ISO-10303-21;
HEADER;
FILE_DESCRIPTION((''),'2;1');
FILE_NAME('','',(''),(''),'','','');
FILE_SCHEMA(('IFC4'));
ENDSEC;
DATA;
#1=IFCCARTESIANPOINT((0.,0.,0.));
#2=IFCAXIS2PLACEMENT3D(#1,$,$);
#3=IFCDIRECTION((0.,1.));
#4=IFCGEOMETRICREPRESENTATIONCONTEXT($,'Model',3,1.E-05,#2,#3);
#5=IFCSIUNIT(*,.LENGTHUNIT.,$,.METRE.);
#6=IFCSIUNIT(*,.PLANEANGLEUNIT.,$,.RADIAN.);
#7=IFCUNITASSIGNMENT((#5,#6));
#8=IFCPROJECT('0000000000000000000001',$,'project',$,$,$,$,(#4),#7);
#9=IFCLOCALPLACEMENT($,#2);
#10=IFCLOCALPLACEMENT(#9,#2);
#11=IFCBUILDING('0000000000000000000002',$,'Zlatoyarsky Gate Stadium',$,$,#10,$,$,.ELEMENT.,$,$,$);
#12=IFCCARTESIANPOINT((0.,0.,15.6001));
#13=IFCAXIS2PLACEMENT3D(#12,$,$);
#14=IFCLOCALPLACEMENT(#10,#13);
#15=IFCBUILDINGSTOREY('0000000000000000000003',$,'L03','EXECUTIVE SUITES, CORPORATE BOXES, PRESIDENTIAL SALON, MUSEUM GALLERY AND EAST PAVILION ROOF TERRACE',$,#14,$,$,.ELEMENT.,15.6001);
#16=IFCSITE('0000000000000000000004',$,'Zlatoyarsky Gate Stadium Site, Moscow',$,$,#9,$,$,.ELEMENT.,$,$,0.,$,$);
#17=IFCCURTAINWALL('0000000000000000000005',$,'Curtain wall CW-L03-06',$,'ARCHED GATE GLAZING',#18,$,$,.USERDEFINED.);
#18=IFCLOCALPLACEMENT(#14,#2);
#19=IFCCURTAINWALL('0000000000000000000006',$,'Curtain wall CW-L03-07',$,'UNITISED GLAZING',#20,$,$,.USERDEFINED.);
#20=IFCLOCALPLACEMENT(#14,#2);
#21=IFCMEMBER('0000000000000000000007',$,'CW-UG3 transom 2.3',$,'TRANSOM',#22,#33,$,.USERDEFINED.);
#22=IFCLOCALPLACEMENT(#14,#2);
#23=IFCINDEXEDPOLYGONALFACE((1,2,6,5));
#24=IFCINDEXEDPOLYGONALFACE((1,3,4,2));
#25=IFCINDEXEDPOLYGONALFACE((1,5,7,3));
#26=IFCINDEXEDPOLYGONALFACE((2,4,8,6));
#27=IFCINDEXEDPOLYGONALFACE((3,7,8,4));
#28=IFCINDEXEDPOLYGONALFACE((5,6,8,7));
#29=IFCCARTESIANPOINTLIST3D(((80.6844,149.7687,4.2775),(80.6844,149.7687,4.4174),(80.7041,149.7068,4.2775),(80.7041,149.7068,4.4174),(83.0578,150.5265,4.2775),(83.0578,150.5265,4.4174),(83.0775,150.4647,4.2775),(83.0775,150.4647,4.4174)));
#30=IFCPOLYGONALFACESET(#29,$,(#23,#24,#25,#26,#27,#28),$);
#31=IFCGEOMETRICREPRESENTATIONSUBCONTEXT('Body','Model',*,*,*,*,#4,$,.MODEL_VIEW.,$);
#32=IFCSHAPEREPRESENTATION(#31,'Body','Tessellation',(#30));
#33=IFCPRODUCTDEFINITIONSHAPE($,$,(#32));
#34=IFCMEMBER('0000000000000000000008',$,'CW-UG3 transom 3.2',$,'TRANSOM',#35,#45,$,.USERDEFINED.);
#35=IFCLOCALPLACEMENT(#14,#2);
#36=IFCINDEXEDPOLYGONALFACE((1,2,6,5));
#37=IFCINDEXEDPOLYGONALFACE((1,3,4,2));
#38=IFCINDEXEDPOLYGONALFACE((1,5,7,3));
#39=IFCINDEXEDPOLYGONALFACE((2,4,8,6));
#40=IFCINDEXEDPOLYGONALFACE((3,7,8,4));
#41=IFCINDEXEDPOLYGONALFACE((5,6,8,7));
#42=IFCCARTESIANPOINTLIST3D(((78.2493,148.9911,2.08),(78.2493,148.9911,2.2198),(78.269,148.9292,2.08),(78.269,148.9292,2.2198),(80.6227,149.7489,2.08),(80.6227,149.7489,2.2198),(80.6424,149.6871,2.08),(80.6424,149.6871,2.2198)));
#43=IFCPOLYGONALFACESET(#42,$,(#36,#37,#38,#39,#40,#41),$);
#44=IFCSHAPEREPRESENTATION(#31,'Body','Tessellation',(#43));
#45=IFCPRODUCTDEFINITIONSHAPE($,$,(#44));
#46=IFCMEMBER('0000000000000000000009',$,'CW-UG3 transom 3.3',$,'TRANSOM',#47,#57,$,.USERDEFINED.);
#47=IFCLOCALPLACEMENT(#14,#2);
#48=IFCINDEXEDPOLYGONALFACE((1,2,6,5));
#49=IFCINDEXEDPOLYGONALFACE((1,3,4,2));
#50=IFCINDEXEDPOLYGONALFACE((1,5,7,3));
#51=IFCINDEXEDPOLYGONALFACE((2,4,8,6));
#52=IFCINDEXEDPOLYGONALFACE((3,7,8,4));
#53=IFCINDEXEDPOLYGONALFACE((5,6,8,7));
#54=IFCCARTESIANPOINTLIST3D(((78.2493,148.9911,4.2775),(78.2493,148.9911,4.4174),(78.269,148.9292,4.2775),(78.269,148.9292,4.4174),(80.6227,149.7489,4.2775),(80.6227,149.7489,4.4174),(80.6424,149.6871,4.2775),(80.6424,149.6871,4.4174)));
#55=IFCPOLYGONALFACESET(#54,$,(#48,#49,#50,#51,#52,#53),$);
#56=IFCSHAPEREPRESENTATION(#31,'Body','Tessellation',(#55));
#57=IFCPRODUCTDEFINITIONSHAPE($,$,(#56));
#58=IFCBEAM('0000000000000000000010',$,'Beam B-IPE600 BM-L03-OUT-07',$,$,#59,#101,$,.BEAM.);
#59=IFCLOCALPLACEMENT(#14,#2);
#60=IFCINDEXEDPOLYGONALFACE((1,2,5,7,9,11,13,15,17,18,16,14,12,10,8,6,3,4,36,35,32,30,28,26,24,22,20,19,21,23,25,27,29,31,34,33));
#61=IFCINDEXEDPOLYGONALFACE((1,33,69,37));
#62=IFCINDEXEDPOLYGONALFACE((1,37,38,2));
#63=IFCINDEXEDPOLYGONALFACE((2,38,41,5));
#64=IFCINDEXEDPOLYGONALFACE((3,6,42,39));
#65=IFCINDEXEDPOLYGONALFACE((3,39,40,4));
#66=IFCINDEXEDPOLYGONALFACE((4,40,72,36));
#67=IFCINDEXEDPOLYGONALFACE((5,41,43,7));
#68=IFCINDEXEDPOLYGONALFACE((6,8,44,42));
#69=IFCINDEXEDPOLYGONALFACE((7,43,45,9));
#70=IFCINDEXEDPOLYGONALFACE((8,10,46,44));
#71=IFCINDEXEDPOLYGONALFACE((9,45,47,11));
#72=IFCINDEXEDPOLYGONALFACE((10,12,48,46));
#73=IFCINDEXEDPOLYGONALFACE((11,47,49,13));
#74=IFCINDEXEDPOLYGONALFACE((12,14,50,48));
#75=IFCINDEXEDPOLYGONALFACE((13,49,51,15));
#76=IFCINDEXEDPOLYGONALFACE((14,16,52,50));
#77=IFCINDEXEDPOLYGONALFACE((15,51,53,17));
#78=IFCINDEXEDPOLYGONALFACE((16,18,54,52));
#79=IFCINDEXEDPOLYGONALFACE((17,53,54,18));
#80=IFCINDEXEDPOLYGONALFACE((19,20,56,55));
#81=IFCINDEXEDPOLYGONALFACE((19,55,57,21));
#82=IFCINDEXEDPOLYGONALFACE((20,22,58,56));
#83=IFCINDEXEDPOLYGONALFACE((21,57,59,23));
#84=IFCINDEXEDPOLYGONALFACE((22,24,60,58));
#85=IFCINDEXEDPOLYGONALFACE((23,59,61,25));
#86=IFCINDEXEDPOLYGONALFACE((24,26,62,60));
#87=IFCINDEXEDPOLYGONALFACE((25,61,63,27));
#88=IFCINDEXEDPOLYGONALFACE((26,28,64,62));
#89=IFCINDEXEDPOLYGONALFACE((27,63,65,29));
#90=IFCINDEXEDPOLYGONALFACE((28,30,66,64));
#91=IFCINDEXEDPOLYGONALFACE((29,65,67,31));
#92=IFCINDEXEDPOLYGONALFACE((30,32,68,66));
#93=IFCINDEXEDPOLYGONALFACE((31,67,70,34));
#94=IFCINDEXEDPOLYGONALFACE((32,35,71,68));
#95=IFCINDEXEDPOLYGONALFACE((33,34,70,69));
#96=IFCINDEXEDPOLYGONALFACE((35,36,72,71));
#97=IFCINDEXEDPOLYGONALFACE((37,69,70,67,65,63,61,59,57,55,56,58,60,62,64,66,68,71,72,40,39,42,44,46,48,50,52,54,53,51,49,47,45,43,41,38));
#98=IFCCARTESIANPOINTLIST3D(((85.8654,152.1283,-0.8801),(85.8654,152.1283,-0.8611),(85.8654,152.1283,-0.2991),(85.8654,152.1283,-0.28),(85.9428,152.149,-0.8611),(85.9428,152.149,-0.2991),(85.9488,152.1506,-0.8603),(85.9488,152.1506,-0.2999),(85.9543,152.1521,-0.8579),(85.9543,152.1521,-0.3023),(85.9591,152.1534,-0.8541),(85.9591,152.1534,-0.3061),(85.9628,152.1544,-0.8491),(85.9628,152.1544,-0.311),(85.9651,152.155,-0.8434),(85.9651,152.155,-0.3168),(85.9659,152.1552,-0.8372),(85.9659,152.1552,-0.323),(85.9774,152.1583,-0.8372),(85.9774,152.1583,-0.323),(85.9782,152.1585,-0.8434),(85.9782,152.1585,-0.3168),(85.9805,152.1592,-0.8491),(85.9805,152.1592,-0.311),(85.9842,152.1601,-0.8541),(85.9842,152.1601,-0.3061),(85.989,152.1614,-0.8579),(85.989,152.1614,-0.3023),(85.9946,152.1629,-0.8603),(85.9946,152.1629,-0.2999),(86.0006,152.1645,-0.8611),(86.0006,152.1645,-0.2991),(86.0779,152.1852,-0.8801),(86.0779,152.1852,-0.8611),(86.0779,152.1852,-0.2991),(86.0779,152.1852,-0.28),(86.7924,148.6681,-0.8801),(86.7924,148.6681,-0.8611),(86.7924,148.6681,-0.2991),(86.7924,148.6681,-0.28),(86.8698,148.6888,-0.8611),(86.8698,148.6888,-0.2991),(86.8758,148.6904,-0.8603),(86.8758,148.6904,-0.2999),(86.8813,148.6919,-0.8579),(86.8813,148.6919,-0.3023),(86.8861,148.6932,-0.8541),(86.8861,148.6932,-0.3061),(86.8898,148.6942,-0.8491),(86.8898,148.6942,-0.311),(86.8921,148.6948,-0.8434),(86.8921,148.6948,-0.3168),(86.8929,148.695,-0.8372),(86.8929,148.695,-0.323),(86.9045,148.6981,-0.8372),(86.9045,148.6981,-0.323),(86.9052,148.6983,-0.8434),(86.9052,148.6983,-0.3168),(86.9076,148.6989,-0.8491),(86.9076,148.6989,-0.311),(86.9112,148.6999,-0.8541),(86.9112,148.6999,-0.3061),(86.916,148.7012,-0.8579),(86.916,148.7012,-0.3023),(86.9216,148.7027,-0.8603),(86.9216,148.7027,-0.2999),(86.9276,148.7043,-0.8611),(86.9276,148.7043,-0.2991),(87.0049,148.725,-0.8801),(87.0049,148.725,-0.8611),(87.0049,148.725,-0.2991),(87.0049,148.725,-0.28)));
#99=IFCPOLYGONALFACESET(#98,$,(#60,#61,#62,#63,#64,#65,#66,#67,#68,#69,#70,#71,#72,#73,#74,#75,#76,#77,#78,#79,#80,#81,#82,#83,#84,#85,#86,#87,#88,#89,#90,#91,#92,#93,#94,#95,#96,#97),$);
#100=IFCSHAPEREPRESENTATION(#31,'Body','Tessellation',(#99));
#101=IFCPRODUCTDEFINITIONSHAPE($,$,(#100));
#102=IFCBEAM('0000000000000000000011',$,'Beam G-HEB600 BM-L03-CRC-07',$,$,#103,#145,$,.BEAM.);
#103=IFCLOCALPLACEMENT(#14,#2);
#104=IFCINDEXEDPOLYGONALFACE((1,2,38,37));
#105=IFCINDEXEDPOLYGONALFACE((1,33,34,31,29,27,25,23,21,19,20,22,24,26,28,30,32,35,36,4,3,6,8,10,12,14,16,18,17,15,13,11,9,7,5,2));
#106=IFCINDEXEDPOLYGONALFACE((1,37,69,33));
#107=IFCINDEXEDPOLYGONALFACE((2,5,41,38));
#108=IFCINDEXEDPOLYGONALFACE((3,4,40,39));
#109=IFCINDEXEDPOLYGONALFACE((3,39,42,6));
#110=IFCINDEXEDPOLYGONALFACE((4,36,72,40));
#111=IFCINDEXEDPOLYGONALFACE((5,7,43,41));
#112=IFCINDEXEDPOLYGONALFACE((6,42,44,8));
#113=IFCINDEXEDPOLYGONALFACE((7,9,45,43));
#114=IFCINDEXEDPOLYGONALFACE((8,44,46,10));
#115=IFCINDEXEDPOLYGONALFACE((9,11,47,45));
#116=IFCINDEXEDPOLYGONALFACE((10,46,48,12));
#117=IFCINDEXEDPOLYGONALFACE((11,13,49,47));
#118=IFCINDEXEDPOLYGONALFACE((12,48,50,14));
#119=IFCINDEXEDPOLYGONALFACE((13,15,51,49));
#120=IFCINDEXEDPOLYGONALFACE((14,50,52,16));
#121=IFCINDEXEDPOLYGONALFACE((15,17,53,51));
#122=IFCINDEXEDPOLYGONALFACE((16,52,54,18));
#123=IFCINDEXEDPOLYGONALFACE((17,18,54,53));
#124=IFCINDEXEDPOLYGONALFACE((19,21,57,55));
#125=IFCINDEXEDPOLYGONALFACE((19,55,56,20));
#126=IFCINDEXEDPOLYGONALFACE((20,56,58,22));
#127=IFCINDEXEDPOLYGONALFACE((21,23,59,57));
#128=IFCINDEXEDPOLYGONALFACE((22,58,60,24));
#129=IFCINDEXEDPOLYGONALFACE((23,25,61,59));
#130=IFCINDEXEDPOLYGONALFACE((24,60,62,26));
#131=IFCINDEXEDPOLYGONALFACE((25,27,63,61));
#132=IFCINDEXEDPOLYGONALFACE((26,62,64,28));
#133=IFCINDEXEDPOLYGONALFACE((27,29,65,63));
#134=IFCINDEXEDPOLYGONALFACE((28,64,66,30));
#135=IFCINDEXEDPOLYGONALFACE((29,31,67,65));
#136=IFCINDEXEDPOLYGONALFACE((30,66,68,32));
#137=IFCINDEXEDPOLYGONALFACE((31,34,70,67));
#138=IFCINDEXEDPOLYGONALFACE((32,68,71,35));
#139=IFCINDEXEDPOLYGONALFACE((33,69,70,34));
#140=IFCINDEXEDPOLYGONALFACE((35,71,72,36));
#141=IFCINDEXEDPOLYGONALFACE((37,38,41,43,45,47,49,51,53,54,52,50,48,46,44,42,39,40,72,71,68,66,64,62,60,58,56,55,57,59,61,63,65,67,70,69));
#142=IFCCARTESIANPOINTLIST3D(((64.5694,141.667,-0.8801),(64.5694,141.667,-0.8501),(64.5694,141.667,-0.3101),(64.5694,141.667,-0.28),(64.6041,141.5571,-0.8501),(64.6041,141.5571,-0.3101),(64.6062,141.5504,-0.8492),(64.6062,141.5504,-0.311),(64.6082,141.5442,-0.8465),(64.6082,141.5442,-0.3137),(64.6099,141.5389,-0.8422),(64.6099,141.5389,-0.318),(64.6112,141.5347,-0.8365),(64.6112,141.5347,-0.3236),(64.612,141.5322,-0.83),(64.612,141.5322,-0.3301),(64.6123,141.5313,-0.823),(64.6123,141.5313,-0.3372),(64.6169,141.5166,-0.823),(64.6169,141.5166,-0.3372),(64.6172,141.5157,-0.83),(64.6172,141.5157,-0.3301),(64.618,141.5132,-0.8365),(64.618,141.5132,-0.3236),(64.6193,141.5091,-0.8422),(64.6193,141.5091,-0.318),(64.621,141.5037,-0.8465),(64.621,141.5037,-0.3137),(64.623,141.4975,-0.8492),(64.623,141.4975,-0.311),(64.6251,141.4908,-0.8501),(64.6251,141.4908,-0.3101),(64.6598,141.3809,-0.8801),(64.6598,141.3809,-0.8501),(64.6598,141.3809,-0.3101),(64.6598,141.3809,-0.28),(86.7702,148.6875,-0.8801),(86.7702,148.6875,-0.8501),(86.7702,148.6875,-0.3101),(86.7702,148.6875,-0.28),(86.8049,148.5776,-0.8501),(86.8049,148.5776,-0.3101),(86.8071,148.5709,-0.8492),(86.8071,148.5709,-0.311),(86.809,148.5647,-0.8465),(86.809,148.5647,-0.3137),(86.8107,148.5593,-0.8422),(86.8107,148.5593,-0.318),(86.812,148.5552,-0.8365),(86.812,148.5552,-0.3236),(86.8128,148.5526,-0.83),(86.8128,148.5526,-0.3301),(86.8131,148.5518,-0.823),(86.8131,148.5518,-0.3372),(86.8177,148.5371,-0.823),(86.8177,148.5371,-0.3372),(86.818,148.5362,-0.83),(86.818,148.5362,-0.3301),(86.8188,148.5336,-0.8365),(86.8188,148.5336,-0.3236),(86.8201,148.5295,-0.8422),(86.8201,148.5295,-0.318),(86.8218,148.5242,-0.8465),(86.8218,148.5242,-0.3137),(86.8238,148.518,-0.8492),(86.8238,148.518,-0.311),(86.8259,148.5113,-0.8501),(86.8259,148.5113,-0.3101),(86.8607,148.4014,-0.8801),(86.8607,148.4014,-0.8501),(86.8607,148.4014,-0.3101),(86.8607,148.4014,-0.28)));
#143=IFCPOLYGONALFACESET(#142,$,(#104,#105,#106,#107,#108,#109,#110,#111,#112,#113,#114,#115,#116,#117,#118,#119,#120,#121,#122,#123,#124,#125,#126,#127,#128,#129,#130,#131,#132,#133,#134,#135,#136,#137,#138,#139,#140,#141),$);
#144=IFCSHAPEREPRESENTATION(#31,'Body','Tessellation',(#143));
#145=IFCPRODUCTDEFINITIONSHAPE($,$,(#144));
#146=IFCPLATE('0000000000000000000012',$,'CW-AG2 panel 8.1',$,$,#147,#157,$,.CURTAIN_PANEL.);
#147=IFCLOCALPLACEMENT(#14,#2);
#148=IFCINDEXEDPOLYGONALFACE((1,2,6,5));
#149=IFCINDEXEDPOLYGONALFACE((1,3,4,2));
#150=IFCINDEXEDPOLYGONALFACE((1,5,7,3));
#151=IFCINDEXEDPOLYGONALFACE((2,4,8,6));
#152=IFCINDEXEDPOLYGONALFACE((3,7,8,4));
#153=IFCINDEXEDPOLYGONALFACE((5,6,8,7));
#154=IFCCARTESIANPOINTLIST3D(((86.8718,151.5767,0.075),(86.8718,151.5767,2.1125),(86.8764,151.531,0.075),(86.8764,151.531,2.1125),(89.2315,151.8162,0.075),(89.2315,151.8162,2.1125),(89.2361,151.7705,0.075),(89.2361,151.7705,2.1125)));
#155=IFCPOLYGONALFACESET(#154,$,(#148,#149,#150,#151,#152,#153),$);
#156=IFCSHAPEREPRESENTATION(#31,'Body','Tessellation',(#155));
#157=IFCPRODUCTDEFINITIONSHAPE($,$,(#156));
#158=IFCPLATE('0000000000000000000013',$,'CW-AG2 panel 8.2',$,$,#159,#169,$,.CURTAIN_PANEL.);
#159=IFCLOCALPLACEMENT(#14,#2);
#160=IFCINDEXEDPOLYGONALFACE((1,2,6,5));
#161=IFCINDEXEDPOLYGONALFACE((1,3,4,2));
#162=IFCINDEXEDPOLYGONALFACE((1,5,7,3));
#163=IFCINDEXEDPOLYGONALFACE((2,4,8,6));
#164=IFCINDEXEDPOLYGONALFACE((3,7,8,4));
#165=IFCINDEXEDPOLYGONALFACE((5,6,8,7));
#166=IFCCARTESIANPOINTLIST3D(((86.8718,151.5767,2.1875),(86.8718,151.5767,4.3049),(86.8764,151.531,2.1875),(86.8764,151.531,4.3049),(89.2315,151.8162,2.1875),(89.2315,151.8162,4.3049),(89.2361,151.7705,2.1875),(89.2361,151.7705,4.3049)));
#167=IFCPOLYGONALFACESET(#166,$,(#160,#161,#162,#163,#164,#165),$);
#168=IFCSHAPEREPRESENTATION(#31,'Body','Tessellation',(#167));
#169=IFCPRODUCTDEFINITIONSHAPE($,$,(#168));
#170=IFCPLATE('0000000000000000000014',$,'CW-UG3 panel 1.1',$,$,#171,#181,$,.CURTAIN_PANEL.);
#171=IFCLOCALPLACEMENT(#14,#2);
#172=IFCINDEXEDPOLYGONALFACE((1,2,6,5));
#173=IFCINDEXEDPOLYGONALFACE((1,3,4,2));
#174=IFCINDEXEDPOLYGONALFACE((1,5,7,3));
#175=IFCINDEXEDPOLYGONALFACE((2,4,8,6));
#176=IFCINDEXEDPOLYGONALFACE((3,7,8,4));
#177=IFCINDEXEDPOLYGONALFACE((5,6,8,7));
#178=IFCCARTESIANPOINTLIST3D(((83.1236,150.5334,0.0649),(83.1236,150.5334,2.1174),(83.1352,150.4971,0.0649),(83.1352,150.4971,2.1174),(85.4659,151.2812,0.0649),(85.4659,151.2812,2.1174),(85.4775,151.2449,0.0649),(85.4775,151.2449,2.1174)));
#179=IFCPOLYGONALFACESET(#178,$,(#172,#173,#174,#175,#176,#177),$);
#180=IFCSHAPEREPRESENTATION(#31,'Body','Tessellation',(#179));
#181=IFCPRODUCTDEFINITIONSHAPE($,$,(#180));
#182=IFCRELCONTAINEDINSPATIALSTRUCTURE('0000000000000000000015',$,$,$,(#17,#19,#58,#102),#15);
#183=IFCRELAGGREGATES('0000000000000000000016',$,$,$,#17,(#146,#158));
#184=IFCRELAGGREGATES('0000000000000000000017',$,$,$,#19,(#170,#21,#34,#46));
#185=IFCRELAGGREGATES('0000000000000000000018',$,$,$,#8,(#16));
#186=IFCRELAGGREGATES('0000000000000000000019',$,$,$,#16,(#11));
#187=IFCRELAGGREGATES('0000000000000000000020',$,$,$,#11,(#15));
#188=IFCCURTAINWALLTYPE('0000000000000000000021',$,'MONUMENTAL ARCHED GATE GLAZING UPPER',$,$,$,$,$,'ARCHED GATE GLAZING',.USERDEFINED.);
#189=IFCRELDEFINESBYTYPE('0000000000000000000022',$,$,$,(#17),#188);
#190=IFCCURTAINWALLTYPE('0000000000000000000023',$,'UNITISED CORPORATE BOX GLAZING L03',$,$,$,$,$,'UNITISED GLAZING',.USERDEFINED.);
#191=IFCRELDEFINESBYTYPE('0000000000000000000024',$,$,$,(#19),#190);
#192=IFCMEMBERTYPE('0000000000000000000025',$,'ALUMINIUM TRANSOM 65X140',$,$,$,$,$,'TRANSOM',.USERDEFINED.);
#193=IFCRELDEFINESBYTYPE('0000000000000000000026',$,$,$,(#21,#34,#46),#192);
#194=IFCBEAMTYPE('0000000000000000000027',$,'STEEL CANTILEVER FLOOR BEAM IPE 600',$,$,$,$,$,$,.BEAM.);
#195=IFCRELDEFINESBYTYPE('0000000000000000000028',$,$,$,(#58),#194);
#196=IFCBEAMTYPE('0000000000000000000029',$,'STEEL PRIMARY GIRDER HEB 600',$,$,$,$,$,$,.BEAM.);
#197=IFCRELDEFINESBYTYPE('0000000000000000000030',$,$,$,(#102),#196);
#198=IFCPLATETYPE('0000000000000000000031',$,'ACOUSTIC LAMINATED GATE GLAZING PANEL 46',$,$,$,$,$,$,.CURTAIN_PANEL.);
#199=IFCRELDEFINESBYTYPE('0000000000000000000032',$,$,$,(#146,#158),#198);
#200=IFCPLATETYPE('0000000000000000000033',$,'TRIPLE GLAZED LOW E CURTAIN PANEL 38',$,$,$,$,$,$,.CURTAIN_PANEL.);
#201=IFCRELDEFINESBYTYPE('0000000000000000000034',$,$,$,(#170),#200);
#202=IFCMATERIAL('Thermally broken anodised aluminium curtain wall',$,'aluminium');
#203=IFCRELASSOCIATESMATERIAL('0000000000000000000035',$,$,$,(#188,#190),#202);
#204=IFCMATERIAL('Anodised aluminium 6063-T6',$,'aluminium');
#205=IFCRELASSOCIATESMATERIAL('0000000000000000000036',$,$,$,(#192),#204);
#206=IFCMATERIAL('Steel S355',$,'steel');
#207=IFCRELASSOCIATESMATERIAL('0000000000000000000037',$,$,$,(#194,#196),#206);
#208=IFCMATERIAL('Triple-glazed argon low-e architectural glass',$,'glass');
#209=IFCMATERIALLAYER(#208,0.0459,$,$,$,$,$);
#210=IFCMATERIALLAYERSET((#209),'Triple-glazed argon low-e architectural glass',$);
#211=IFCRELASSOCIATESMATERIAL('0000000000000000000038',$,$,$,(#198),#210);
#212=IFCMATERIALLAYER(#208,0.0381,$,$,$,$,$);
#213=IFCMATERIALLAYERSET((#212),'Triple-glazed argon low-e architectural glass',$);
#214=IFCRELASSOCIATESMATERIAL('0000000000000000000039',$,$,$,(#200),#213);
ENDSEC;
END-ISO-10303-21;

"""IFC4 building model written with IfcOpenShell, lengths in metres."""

from ifc_helpers import new_model, si_unit, direction, frame, origin, origin_2d, place, context, subcontext, project, spatial, rectangle, i_section, extrude, material, layer, layer_set, material_profile, profile_set, type_object, element, aggregate, save


model = new_model("IFC4")

# Units and contexts
model_context = context("Model", 3, precision=1e-05, world=origin(), true_north=direction((0.0, 1.0)))
body_context = subcontext(model_context, "Body", "Model", "MODEL_VIEW")
ifc_project = project(units=[si_unit("LENGTHUNIT", "METRE"), si_unit("PLANEANGLEUNIT", "RADIAN")], contexts=[model_context])

# Site, building, storey
site_placement = place(None, origin())
site = spatial("IfcSite", under=ifc_project, at=site_placement, Name="Zlatoyarsky Gate Stadium Site, Moscow", CompositionType="ELEMENT", RefElevation=0.0)
building_placement = place(site_placement, origin())
building = spatial("IfcBuilding", under=site, at=building_placement, Name="Zlatoyarsky Gate Stadium", CompositionType="ELEMENT")
storey_placement = place(building_placement, frame((0.0, 0.0, 15.6001)))
storey = spatial("IfcBuildingStorey", under=building, at=storey_placement, Name="L03", Description="EXECUTIVE SUITES, CORPORATE BOXES, PRESIDENTIAL SALON, MUSEUM GALLERY AND EAST PAVILION ROOF TERRACE", CompositionType="ELEMENT", Elevation=15.6001)

# Shared definitions
ifc_material_1 = material(Name="Steel S355", Category="steel")

# Curtain walls, members
ifc_material_2 = material(Name="Thermally broken anodised aluminium curtain wall", Category="aluminium")
curtain_wall_type_1 = type_object("IfcCurtainWallType", Name="MONUMENTAL ARCHED GATE GLAZING UPPER", ElementType="ARCHED GATE GLAZING", PredefinedType="USERDEFINED", material=ifc_material_2)
curtain_wall_1_placement = place(storey_placement, origin())
curtain_wall_1 = element("IfcCurtainWall", 1, at=curtain_wall_1_placement, inside=storey, type_object=curtain_wall_type_1, Name="Curtain wall CW-L03-06", ObjectType="ARCHED GATE GLAZING", PredefinedType="USERDEFINED")
ifc_material_3 = material(Name="Anodised aluminium 6063-T6", Category="aluminium")
curtain_wall_type_2 = type_object("IfcCurtainWallType", Name="UNITISED CORPORATE BOX GLAZING L03", ElementType="UNITISED GLAZING", PredefinedType="USERDEFINED", material=ifc_material_2)
curtain_wall_2_placement = place(storey_placement, origin())
curtain_wall_2 = element("IfcCurtainWall", 2, at=curtain_wall_2_placement, inside=storey, type_object=curtain_wall_type_2, Name="Curtain wall CW-L03-07", ObjectType="UNITISED GLAZING", PredefinedType="USERDEFINED")
ifc_material_profile_1 = material_profile(ifc_material_3, rectangle(XDim=0.0649, YDim=0.1399, at=origin_2d()), Name="ALU 65X140")
ifc_profile_set_1 = profile_set([ifc_material_profile_1], Name="Anodised aluminium 6063-T6")
member_type_1 = type_object("IfcMemberType", Name="ALUMINIUM TRANSOM 65X140", ElementType="TRANSOM", PredefinedType="USERDEFINED", material=ifc_profile_set_1)
member_1_placement = place(storey_placement, frame((83.0676, 150.4956, 4.3474), z_axis=(-0.952615, -0.304178, 0.0), x_axis=(0.304178, -0.952615, 0.0)))
member_1 = element("IfcMember", 3, at=member_1_placement, type_object=member_type_1, Name="CW-UG3 transom 2.3", ObjectType="TRANSOM", PredefinedType="USERDEFINED", context=body_context, shape_type="SweptSolid", body=[
    extrude(rectangle(XDim=0.0649, YDim=0.1399, at=origin_2d()), origin(), (0.0, 0.0, 1.0), 2.4915),
])
member_2_placement = place(storey_placement, frame((80.6326, 149.718, 2.1499), z_axis=(-0.952615, -0.304178, 0.0), x_axis=(0.304178, -0.952615, 0.0)))
member_2 = element("IfcMember", 4, at=member_2_placement, type_object=member_type_1, Name="CW-UG3 transom 3.2", ObjectType="TRANSOM", PredefinedType="USERDEFINED", context=body_context, shape_type="SweptSolid", body=[
    extrude(rectangle(XDim=0.0649, YDim=0.1399, at=origin_2d()), origin(), (0.0, 0.0, 1.0), 2.4915),
])
member_3_placement = place(storey_placement, frame((80.6326, 149.718, 4.3474), z_axis=(-0.952615, -0.304178, 0.0), x_axis=(0.304178, -0.952615, 0.0)))
member_3 = element("IfcMember", 5, at=member_3_placement, type_object=member_type_1, Name="CW-UG3 transom 3.3", ObjectType="TRANSOM", PredefinedType="USERDEFINED", context=body_context, shape_type="SweptSolid", body=[
    extrude(rectangle(XDim=0.0649, YDim=0.1399, at=origin_2d()), origin(), (0.0, 0.0, 1.0), 2.4915),
])

# Beams
ifc_material_profile_2 = material_profile(ifc_material_1, i_section(OverallWidth=0.22, OverallDepth=0.6001, WebThickness=0.012, FlangeThickness=0.019, FilletRadius=0.0239, at=origin_2d()), Name="IPE 600")
ifc_profile_set_2 = profile_set([ifc_material_profile_2], Name="Steel S355")
beam_type_1 = type_object("IfcBeamType", Name="STEEL CANTILEVER FLOOR BEAM IPE 600", PredefinedType="BEAM", material=ifc_profile_set_2)
beam_1_placement = place(storey_placement, frame((86.8987, 148.6965, -0.5801), z_axis=(-0.258778, 0.965937, 0.0), x_axis=(-0.965937, -0.258778, 0.0)))
element("IfcBeam", 6, at=beam_1_placement, inside=storey, type_object=beam_type_1, Name="Beam B-IPE600 BM-L03-OUT-07", PredefinedType="BEAM", context=body_context, shape_type="SweptSolid", body=[
    extrude(i_section(OverallWidth=0.22, OverallDepth=0.6001, WebThickness=0.012, FlangeThickness=0.019, FilletRadius=0.0239, at=origin_2d()), origin(), (0.0, 0.0, 1.0), 3.5823),
])
ifc_material_profile_3 = material_profile(ifc_material_1, i_section(OverallWidth=0.3, OverallDepth=0.6001, WebThickness=0.0154, FlangeThickness=0.03, FilletRadius=0.0271, at=origin_2d()), Name="HEB 600")
ifc_profile_set_3 = profile_set([ifc_material_profile_3], Name="Steel S355")
beam_type_2 = type_object("IfcBeamType", Name="STEEL PRIMARY GIRDER HEB 600", PredefinedType="BEAM", material=ifc_profile_set_3)
beam_2_placement = place(storey_placement, frame((86.8154, 148.5444, -0.5801), z_axis=(-0.953463, -0.30151, 0.0), x_axis=(0.30151, -0.953463, 0.0)))
element("IfcBeam", 7, at=beam_2_placement, inside=storey, type_object=beam_type_2, Name="Beam G-HEB600 BM-L03-CRC-07", PredefinedType="BEAM", context=body_context, shape_type="SweptSolid", body=[
    extrude(i_section(OverallWidth=0.3, OverallDepth=0.6001, WebThickness=0.0154, FlangeThickness=0.03, FilletRadius=0.0271, at=origin_2d()), origin(), (0.0, 0.0, 1.0), 23.2844),
])

# Plates
ifc_material_4 = material(Name="Triple-glazed argon low-e architectural glass", Category="glass")
ifc_layer_1 = layer(ifc_material_4, 0.0459)
ifc_layer_set_1 = layer_set([ifc_layer_1], Name="Triple-glazed argon low-e architectural glass")
plate_type_1 = type_object("IfcPlateType", Name="ACOUSTIC LAMINATED GATE GLAZING PANEL 46", PredefinedType="CURTAIN_PANEL", material=ifc_layer_set_1)
plate_1_placement = place(storey_placement, frame((88.054, 151.6736, 0.075), z_axis=(0.0, 0.0, 1.0), x_axis=(-0.99489, -0.100967, 0.0)))
plate_1 = element("IfcPlate", 8, at=plate_1_placement, type_object=plate_type_1, Name="CW-AG2 panel 8.1", PredefinedType="CURTAIN_PANEL", context=body_context, shape_type="SweptSolid", body=[
    extrude(rectangle(XDim=2.3718, YDim=0.0459, at=origin_2d()), origin(), (0.0, 0.0, 1.0), 2.0376),
])
plate_2_placement = place(storey_placement, frame((88.054, 151.6736, 2.1875), z_axis=(0.0, 0.0, 1.0), x_axis=(-0.99489, -0.100967, 0.0)))
plate_2 = element("IfcPlate", 9, at=plate_2_placement, type_object=plate_type_1, Name="CW-AG2 panel 8.2", PredefinedType="CURTAIN_PANEL", context=body_context, shape_type="SweptSolid", body=[
    extrude(rectangle(XDim=2.3718, YDim=0.0459, at=origin_2d()), origin(), (0.0, 0.0, 1.0), 2.1174),
])
aggregate(curtain_wall_1, [plate_1, plate_2])
ifc_layer_2 = layer(ifc_material_4, 0.0381)
ifc_layer_set_2 = layer_set([ifc_layer_2], Name="Triple-glazed argon low-e architectural glass")
plate_type_2 = type_object("IfcPlateType", Name="TRIPLE GLAZED LOW E CURTAIN PANEL 38", PredefinedType="CURTAIN_PANEL", material=ifc_layer_set_2)
plate_3_placement = place(storey_placement, frame((84.3005, 150.8892, 0.0649), z_axis=(0.0, 0.0, 1.0), x_axis=(-0.95262, -0.304162, 0.0)))
plate_3 = element("IfcPlate", 10, at=plate_3_placement, type_object=plate_type_2, Name="CW-UG3 panel 1.1", PredefinedType="CURTAIN_PANEL", context=body_context, shape_type="SweptSolid", body=[
    extrude(rectangle(XDim=2.4587, YDim=0.0381, at=origin_2d()), origin(), (0.0, 0.0, 1.0), 2.0525),
])
aggregate(curtain_wall_2, [plate_3, member_1, member_2, member_3])

save(model, "model.ifc")
